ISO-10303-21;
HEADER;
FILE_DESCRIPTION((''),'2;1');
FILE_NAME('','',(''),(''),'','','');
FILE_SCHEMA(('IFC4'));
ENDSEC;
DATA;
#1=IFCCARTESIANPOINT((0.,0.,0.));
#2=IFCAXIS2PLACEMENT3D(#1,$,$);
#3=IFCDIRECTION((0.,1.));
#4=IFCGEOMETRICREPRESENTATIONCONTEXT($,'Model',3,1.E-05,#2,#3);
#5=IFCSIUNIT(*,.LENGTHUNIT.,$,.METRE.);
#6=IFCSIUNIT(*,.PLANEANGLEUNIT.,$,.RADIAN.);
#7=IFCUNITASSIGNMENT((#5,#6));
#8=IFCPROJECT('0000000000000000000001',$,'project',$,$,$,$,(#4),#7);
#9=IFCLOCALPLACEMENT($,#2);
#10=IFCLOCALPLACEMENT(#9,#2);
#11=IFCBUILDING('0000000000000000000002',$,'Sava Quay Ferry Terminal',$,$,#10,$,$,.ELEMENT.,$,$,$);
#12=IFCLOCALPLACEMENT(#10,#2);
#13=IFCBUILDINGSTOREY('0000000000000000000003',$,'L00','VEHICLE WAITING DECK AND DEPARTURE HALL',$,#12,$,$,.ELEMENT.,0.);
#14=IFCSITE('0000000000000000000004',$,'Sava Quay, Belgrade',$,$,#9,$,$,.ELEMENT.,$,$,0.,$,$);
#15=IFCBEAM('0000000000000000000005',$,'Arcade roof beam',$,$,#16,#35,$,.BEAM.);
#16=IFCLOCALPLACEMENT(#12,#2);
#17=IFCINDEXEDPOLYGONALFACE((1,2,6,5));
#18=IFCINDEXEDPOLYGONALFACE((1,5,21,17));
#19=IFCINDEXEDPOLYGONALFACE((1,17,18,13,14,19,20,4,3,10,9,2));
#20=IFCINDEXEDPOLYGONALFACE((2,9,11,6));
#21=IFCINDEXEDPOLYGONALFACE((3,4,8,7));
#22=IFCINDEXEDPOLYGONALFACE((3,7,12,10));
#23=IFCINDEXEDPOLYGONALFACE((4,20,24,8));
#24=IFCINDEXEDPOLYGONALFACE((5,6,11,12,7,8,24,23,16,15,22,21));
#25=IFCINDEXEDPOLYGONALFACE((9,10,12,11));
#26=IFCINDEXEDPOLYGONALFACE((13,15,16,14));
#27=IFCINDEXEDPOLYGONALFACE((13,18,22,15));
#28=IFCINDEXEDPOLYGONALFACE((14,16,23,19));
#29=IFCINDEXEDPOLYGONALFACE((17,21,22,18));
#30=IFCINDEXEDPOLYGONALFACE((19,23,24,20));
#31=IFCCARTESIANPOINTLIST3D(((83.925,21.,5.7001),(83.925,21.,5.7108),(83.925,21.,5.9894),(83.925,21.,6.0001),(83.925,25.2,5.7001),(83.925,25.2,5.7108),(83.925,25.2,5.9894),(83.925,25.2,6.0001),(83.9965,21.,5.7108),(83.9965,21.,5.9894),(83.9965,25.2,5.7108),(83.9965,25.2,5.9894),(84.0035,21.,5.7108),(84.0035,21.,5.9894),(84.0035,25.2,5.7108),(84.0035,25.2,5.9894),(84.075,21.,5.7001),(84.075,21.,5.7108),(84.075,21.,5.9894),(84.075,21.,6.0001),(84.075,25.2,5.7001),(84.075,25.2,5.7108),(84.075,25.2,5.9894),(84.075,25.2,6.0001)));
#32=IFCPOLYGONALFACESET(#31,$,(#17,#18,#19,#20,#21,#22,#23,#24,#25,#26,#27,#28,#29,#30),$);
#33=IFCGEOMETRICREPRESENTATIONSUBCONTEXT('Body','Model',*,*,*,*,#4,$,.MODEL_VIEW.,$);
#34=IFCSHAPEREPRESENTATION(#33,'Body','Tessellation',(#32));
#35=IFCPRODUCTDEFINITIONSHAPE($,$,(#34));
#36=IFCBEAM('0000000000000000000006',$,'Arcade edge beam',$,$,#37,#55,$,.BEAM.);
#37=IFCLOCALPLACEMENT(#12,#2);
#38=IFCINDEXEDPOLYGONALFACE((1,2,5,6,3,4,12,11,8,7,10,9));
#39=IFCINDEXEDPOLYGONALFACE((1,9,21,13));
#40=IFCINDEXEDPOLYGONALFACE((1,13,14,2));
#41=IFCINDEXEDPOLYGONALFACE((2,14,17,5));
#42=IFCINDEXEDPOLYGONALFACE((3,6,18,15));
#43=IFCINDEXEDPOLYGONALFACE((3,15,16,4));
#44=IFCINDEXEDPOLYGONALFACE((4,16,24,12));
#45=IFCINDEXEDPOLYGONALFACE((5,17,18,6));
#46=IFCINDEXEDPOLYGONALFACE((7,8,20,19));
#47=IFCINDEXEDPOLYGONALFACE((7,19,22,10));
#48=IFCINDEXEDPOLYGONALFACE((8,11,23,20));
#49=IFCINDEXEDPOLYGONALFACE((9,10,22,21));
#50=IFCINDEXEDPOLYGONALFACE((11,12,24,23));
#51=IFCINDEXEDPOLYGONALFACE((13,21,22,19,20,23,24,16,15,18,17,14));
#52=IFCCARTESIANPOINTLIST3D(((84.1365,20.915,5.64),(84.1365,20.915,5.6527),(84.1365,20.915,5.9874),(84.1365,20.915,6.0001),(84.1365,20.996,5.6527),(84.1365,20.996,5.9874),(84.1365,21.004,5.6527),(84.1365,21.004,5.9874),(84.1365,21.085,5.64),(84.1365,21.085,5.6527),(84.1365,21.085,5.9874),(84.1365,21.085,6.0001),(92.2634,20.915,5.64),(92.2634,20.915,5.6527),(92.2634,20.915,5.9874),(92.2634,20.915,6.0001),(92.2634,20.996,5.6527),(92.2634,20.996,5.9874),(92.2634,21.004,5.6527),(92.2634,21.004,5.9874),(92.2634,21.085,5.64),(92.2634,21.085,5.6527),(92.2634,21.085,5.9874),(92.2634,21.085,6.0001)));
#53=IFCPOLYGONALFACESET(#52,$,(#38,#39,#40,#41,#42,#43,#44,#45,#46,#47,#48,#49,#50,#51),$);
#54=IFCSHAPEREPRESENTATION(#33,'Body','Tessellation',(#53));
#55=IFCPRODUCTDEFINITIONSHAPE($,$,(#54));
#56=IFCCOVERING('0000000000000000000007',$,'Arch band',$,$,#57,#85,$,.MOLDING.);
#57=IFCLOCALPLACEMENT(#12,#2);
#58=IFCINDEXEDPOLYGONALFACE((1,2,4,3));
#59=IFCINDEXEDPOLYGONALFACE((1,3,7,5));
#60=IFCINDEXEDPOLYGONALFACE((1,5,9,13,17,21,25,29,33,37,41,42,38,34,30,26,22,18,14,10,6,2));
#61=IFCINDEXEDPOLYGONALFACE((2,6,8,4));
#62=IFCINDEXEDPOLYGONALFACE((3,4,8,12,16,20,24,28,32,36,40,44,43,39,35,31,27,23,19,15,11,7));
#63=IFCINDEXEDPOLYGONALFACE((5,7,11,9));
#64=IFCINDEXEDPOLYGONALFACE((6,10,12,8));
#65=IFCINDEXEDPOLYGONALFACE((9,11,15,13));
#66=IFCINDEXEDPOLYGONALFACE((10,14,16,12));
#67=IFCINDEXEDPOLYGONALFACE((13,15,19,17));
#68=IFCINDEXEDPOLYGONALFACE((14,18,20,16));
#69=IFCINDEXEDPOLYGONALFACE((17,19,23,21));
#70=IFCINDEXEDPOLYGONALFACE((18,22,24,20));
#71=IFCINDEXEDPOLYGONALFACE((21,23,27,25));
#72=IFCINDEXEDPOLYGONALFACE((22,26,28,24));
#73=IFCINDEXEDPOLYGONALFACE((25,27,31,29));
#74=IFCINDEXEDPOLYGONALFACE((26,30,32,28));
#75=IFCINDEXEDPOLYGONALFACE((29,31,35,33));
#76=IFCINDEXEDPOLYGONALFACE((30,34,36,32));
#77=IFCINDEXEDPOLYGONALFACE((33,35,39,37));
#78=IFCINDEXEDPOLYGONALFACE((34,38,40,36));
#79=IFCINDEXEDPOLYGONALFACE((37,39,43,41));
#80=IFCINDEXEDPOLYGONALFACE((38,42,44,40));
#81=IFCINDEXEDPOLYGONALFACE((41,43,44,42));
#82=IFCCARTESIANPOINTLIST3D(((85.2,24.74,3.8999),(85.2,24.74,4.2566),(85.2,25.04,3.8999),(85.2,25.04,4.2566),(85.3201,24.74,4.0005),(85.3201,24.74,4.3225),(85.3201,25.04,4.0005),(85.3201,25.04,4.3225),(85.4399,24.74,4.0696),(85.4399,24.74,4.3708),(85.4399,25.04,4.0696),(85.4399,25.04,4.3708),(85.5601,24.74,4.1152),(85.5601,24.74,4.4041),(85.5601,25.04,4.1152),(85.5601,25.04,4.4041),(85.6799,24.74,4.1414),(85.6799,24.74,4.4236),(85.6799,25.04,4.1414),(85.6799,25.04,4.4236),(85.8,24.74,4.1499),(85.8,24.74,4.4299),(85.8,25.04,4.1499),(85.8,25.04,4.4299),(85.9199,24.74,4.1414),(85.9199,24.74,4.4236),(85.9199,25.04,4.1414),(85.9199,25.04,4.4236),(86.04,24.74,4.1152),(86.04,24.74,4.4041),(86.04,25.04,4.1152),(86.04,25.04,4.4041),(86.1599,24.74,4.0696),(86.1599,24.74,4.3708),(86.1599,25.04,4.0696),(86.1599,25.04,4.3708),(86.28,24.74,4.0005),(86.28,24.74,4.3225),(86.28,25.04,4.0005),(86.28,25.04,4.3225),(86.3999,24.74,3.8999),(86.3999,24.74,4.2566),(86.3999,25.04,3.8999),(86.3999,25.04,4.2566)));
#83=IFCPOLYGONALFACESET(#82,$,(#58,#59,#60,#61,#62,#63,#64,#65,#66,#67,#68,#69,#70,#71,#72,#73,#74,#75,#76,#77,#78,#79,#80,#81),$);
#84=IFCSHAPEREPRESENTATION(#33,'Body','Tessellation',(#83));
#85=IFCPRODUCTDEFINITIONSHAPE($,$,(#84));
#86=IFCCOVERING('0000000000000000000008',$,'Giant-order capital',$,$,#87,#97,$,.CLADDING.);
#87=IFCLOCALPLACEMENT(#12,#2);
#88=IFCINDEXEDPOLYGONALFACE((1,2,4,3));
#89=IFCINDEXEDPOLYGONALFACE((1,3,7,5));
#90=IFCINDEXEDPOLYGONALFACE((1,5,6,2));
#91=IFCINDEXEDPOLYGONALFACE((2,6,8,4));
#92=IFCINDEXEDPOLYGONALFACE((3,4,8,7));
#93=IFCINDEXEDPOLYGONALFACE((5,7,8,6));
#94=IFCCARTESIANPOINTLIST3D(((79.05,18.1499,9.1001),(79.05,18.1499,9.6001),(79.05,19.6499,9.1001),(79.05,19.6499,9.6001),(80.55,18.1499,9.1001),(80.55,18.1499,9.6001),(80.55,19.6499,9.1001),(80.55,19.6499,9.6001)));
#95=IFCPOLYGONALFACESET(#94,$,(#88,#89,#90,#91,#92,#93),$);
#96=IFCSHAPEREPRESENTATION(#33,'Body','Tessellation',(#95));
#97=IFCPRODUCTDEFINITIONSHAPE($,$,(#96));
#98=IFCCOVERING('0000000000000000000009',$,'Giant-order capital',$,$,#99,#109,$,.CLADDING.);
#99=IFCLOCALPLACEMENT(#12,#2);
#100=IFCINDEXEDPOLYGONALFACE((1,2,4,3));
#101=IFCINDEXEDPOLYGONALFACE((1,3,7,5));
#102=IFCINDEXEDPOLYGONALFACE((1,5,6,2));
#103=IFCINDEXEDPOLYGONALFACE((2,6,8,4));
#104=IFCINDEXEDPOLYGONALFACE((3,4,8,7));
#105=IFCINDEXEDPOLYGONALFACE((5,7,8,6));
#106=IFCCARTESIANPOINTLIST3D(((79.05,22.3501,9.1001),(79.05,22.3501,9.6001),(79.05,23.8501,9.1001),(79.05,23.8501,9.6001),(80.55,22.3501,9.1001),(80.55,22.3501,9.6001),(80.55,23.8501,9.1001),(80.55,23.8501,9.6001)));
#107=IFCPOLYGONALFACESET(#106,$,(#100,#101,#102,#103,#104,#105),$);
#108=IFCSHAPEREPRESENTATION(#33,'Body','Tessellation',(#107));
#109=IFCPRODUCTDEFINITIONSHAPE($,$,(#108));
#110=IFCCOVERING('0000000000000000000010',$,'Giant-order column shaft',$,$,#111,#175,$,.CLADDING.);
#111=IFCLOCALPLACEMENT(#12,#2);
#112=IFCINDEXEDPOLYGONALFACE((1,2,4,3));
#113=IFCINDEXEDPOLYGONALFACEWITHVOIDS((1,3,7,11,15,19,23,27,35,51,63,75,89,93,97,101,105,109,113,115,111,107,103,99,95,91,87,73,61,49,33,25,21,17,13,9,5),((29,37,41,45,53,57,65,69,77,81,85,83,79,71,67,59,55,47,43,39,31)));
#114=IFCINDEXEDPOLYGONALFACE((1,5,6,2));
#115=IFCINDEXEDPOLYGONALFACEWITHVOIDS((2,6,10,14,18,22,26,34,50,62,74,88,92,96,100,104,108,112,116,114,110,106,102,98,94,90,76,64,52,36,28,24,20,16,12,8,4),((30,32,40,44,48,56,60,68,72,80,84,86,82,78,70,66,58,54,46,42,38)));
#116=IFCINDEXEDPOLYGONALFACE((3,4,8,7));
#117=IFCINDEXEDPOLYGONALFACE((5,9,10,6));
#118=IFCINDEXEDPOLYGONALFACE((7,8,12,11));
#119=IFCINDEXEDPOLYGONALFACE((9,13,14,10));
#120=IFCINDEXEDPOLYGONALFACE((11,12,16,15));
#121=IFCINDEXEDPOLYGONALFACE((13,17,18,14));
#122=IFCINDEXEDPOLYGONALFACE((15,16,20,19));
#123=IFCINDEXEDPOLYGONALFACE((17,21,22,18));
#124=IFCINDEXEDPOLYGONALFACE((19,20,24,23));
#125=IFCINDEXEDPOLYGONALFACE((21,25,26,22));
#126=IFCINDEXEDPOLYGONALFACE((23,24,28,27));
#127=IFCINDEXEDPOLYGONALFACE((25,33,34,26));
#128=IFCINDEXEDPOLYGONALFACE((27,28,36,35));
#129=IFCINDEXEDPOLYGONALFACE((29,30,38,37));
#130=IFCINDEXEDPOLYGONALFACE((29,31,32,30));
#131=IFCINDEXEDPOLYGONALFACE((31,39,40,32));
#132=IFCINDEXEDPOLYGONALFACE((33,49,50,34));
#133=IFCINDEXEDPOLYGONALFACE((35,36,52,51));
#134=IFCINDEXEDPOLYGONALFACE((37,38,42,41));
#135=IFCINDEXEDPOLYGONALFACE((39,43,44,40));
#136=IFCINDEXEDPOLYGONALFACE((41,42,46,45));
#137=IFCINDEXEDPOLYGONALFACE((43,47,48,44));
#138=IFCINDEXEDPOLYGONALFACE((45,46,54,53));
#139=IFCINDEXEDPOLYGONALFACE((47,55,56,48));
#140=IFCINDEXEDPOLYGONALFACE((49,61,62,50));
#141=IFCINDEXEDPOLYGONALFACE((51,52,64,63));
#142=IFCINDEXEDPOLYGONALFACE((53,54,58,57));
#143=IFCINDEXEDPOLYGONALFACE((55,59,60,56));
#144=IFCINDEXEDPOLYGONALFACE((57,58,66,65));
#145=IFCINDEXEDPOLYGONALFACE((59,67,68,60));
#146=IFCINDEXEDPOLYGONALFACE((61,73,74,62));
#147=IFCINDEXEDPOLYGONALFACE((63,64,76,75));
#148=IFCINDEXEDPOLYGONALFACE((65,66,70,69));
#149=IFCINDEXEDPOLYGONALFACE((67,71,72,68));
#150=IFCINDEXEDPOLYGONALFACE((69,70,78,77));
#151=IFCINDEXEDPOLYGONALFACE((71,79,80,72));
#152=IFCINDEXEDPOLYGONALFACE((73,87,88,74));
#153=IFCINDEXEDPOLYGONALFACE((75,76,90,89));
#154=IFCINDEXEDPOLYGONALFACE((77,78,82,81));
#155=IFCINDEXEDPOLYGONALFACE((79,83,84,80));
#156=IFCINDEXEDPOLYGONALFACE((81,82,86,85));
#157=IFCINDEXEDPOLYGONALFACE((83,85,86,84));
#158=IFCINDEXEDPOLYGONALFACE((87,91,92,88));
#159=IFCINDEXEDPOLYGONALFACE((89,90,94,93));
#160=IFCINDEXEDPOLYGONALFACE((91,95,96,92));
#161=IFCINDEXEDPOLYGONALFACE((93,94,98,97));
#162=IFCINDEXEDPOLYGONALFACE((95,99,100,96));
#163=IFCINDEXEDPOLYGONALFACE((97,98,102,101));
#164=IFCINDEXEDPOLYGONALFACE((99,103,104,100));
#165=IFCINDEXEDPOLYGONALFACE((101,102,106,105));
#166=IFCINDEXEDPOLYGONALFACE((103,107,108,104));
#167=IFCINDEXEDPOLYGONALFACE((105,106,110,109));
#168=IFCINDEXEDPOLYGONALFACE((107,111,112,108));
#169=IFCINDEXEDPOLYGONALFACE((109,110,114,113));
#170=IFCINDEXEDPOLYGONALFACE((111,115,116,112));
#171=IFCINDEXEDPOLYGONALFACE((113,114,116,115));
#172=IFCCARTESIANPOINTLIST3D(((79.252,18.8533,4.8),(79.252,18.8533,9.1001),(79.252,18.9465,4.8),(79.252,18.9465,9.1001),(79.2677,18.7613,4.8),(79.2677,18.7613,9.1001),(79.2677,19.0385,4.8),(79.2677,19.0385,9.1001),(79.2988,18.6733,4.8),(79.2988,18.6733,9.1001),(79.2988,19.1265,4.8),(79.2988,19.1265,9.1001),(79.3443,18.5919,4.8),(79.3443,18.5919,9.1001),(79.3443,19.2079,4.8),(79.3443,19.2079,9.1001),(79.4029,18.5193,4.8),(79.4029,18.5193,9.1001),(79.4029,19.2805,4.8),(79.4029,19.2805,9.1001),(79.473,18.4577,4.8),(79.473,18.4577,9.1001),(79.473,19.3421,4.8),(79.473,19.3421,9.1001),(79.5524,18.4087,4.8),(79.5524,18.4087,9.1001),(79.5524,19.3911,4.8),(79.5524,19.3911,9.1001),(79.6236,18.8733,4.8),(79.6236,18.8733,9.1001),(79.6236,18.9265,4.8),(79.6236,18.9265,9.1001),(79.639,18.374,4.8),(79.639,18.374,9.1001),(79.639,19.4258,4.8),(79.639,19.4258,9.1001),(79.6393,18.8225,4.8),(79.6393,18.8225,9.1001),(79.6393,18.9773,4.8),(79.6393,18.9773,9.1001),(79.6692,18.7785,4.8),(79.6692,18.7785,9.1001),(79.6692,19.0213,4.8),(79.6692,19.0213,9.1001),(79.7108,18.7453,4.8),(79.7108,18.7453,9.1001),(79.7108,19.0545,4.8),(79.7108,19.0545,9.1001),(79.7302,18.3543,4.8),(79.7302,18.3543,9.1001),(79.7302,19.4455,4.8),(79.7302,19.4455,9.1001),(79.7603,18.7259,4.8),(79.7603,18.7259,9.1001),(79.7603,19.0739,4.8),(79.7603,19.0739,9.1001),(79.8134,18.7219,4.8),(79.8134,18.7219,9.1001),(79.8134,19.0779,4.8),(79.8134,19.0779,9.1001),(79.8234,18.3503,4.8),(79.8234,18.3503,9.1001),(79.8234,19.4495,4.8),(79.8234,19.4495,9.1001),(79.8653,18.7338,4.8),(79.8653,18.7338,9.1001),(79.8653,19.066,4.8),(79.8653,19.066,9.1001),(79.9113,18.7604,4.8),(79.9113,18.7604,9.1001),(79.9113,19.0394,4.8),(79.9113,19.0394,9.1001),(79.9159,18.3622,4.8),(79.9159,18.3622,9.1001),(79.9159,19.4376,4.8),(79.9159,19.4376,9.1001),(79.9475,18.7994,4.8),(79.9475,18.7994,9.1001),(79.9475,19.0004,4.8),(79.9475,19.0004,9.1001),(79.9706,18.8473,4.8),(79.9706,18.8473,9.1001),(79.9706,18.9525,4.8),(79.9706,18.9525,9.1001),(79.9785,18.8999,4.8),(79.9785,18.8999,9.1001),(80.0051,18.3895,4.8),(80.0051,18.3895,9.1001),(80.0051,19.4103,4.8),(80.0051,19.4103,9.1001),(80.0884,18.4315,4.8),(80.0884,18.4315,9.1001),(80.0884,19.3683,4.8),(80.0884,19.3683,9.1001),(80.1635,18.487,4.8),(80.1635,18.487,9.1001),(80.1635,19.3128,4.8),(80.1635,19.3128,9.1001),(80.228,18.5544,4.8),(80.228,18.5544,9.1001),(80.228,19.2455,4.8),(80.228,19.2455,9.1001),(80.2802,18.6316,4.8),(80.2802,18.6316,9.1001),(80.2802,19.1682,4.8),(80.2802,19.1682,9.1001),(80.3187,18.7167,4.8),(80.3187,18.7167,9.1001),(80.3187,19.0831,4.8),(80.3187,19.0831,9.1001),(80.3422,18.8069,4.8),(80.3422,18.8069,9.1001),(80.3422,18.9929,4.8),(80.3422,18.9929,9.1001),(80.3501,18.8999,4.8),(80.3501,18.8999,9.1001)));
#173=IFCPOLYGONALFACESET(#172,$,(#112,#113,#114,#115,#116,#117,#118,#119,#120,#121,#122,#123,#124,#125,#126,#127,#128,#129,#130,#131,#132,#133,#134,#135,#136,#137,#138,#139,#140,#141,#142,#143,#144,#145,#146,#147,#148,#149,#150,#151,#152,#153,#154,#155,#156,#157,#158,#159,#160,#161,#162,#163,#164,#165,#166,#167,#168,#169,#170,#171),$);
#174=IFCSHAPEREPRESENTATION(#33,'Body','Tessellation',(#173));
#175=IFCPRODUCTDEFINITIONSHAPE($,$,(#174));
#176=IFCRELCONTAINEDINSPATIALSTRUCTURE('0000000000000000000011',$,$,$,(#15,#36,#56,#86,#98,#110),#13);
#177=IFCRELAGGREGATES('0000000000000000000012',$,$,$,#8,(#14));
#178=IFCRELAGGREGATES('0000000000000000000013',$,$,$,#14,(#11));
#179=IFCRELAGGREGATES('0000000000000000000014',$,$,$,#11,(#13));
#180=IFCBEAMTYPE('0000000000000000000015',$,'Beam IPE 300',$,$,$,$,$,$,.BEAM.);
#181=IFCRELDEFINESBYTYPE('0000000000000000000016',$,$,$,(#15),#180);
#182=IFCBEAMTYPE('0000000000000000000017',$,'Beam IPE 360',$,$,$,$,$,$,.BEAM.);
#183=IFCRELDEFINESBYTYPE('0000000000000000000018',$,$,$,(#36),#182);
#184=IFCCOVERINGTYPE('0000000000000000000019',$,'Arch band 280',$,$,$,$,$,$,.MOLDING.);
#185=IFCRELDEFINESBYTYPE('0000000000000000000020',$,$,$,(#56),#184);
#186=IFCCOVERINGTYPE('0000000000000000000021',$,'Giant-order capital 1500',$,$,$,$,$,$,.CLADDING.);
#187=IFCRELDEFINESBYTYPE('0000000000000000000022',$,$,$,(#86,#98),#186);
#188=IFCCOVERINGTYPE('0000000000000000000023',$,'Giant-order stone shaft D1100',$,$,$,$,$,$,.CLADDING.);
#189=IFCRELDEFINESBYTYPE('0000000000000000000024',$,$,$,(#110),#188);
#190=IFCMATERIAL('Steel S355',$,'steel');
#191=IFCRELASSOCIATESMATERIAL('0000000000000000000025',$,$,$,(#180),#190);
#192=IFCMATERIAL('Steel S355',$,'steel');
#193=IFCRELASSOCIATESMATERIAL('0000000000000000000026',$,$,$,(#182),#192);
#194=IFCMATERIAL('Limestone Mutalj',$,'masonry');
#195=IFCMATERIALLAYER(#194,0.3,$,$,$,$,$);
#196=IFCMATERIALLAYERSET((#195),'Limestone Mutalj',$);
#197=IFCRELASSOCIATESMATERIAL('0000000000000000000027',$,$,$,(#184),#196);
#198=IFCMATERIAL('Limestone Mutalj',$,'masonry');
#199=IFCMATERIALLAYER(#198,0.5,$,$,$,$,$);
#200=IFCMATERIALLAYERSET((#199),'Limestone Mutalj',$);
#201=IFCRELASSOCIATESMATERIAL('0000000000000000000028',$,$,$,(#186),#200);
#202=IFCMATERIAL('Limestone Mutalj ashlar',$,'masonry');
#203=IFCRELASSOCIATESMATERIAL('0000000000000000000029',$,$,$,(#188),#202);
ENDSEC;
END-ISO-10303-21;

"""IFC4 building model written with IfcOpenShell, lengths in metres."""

from ifc_helpers import new_model, si_unit, direction, frame, origin, origin_2d, place, context, subcontext, project, spatial, polyline, rectangle, hollow_circle, i_section, outline, extrude, material, layer, layer_set, material_profile, profile_set, type_object, element, save


model = new_model("IFC4")

# Units and contexts
model_context = context("Model", 3, precision=1e-05, world=origin(), true_north=direction((0.0, 1.0)))
body_context = subcontext(model_context, "Body", "Model", "MODEL_VIEW")
ifc_project = project(units=[si_unit("LENGTHUNIT", "METRE"), si_unit("PLANEANGLEUNIT", "RADIAN")], contexts=[model_context])

# Site, building, storey
site_placement = place(None, origin())
site = spatial("IfcSite", under=ifc_project, at=site_placement, Name="Sava Quay, Belgrade", CompositionType="ELEMENT", RefElevation=0.0)
building_placement = place(site_placement, origin())
building = spatial("IfcBuilding", under=site, at=building_placement, Name="Sava Quay Ferry Terminal", CompositionType="ELEMENT")
storey_placement = place(building_placement, origin())
storey = spatial("IfcBuildingStorey", under=building, at=storey_placement, Name="L00", Description="VEHICLE WAITING DECK AND DEPARTURE HALL", CompositionType="ELEMENT", Elevation=0.0)

# Beams
ifc_material_1 = material(Name="Steel S355", Category="steel")
ifc_material_profile_1 = material_profile(ifc_material_1, i_section(OverallWidth=0.1499, OverallDepth=0.3, WebThickness=0.0071, FlangeThickness=0.0107, at=origin_2d()), Name="IPE 300")
ifc_profile_set_1 = profile_set([ifc_material_profile_1], Name="Steel S355")
beam_type_1 = type_object("IfcBeamType", Name="Beam IPE 300", PredefinedType="BEAM", material=ifc_profile_set_1)
beam_1_placement = place(storey_placement, frame((84.0, 21.0, 5.8501), z_axis=(0.0, 1.0, 0.0), x_axis=(-1.0, 0.0, 0.0)))
element("IfcBeam", 1, at=beam_1_placement, inside=storey, type_object=beam_type_1, Name="Arcade roof beam", PredefinedType="BEAM", context=body_context, shape_type="SweptSolid", body=[
    extrude(i_section(OverallWidth=0.1499, OverallDepth=0.3, WebThickness=0.0071, FlangeThickness=0.0107, at=origin_2d()), origin(), (0.0, 0.0, 1.0), 4.2),
])
ifc_material_2 = material(Name="Steel S355", Category="steel")
ifc_material_profile_2 = material_profile(ifc_material_2, i_section(OverallWidth=0.1699, OverallDepth=0.3601, WebThickness=0.0081, FlangeThickness=0.0127, at=origin_2d()), Name="IPE 360")
ifc_profile_set_2 = profile_set([ifc_material_profile_2], Name="Steel S355")
beam_type_2 = type_object("IfcBeamType", Name="Beam IPE 360", PredefinedType="BEAM", material=ifc_profile_set_2)
beam_2_placement = place(storey_placement, frame((84.1365, 21.0, 5.8201), z_axis=(1.0, 0.0, 0.0), x_axis=(0.0, 1.0, 0.0)))
element("IfcBeam", 2, at=beam_2_placement, inside=storey, type_object=beam_type_2, Name="Arcade edge beam", PredefinedType="BEAM", context=body_context, shape_type="SweptSolid", body=[
    extrude(i_section(OverallWidth=0.1699, OverallDepth=0.3601, WebThickness=0.0081, FlangeThickness=0.0127, at=origin_2d()), origin(), (0.0, 0.0, 1.0), 8.127),
])

# Coverings
ifc_material_3 = material(Name="Limestone Mutalj", Category="masonry")
ifc_layer_1 = layer(ifc_material_3, 0.3)
ifc_layer_set_1 = layer_set([ifc_layer_1], Name="Limestone Mutalj")
covering_type_1 = type_object("IfcCoveringType", Name="Arch band 280", PredefinedType="MOLDING", material=ifc_layer_set_1)
covering_1_placement = place(storey_placement, frame((85.2, 24.74, 3.8999), z_axis=(0.0, -1.0, 0.0), x_axis=(0.766686, 0.0, 0.642022)))
element("IfcCovering", 3, at=covering_1_placement, inside=storey, type_object=covering_type_1, Name="Arch band", PredefinedType="MOLDING", context=body_context, shape_type="SweptSolid", body=[
    extrude(outline(polyline([(0.0, 0.0), (0.1567, 0.0), (0.2929, -0.024), (0.4143, -0.0661), (0.523, -0.123), (0.6206, -0.1936), (0.707, -0.2771), (0.7823, -0.3743), (0.8449, -0.4862), (0.8927, -0.6163), (0.92, -0.7704), (1.149, -0.4969), (1.0994, -0.3694), (1.0383, -0.2552), (0.9678, -0.1528), (0.8882, -0.0607), (0.8004, 0.0211), (0.7042, 0.0933), (0.5998, 0.1553), (0.4864, 0.207), (0.3634, 0.2469), (0.229, 0.2735), (0.0, 0.0)])), origin(), (0.0, 0.0, -1.0), 0.3),
])
ifc_material_4 = material(Name="Limestone Mutalj", Category="masonry")
ifc_layer_2 = layer(ifc_material_4, 0.5)
ifc_layer_set_2 = layer_set([ifc_layer_2], Name="Limestone Mutalj")
covering_type_2 = type_object("IfcCoveringType", Name="Giant-order capital 1500", PredefinedType="CLADDING", material=ifc_layer_set_2)
for number, where, z_axis, x_axis, name in (
    (4, (79.8, 18.8999, 9.1001), (0.0, 0.0, 1.0), (1.0, 0.0, 0.0), "Giant-order capital"),
    (5, (79.8, 23.1001, 9.1001), (0.0, 0.0, 1.0), (1.0, 0.0, 0.0), "Giant-order capital"),
):
    element("IfcCovering", number, at=place(storey_placement, frame(where, z_axis=z_axis, x_axis=x_axis)), inside=storey, type_object=covering_type_2, Name=name, PredefinedType="CLADDING", context=body_context, shape_type="SweptSolid", body=[
        extrude(rectangle(XDim=1.5, YDim=1.5, at=origin_2d()), origin(), (0.0, 0.0, 1.0), 0.5),
    ])
ifc_material_5 = material(Name="Limestone Mutalj ashlar", Category="masonry")
ifc_material_profile_3 = material_profile(ifc_material_5, hollow_circle(Radius=0.55, WallThickness=0.3716, at=origin_2d()), Name="Stone shaft D1100")
ifc_profile_set_3 = profile_set([ifc_material_profile_3], Name="Limestone Mutalj ashlar")
covering_type_3 = type_object("IfcCoveringType", Name="Giant-order stone shaft D1100", PredefinedType="CLADDING", material=ifc_profile_set_3)
for number, where, z_axis, x_axis, name in (
    (6, (79.8, 18.8999, 4.8), (0.0, 0.0, 1.0), (1.0, 0.0, 0.0), "Giant-order column shaft"),
):
    element("IfcCovering", number, at=place(storey_placement, frame(where, z_axis=z_axis, x_axis=x_axis)), inside=storey, type_object=covering_type_3, Name=name, PredefinedType="CLADDING", context=body_context, shape_type="SweptSolid", body=[
        extrude(hollow_circle(Radius=0.55, WallThickness=0.3716, at=origin_2d()), origin(), (0.0, 0.0, 1.0), 4.3),
    ])

save(model, "model.ifc")
